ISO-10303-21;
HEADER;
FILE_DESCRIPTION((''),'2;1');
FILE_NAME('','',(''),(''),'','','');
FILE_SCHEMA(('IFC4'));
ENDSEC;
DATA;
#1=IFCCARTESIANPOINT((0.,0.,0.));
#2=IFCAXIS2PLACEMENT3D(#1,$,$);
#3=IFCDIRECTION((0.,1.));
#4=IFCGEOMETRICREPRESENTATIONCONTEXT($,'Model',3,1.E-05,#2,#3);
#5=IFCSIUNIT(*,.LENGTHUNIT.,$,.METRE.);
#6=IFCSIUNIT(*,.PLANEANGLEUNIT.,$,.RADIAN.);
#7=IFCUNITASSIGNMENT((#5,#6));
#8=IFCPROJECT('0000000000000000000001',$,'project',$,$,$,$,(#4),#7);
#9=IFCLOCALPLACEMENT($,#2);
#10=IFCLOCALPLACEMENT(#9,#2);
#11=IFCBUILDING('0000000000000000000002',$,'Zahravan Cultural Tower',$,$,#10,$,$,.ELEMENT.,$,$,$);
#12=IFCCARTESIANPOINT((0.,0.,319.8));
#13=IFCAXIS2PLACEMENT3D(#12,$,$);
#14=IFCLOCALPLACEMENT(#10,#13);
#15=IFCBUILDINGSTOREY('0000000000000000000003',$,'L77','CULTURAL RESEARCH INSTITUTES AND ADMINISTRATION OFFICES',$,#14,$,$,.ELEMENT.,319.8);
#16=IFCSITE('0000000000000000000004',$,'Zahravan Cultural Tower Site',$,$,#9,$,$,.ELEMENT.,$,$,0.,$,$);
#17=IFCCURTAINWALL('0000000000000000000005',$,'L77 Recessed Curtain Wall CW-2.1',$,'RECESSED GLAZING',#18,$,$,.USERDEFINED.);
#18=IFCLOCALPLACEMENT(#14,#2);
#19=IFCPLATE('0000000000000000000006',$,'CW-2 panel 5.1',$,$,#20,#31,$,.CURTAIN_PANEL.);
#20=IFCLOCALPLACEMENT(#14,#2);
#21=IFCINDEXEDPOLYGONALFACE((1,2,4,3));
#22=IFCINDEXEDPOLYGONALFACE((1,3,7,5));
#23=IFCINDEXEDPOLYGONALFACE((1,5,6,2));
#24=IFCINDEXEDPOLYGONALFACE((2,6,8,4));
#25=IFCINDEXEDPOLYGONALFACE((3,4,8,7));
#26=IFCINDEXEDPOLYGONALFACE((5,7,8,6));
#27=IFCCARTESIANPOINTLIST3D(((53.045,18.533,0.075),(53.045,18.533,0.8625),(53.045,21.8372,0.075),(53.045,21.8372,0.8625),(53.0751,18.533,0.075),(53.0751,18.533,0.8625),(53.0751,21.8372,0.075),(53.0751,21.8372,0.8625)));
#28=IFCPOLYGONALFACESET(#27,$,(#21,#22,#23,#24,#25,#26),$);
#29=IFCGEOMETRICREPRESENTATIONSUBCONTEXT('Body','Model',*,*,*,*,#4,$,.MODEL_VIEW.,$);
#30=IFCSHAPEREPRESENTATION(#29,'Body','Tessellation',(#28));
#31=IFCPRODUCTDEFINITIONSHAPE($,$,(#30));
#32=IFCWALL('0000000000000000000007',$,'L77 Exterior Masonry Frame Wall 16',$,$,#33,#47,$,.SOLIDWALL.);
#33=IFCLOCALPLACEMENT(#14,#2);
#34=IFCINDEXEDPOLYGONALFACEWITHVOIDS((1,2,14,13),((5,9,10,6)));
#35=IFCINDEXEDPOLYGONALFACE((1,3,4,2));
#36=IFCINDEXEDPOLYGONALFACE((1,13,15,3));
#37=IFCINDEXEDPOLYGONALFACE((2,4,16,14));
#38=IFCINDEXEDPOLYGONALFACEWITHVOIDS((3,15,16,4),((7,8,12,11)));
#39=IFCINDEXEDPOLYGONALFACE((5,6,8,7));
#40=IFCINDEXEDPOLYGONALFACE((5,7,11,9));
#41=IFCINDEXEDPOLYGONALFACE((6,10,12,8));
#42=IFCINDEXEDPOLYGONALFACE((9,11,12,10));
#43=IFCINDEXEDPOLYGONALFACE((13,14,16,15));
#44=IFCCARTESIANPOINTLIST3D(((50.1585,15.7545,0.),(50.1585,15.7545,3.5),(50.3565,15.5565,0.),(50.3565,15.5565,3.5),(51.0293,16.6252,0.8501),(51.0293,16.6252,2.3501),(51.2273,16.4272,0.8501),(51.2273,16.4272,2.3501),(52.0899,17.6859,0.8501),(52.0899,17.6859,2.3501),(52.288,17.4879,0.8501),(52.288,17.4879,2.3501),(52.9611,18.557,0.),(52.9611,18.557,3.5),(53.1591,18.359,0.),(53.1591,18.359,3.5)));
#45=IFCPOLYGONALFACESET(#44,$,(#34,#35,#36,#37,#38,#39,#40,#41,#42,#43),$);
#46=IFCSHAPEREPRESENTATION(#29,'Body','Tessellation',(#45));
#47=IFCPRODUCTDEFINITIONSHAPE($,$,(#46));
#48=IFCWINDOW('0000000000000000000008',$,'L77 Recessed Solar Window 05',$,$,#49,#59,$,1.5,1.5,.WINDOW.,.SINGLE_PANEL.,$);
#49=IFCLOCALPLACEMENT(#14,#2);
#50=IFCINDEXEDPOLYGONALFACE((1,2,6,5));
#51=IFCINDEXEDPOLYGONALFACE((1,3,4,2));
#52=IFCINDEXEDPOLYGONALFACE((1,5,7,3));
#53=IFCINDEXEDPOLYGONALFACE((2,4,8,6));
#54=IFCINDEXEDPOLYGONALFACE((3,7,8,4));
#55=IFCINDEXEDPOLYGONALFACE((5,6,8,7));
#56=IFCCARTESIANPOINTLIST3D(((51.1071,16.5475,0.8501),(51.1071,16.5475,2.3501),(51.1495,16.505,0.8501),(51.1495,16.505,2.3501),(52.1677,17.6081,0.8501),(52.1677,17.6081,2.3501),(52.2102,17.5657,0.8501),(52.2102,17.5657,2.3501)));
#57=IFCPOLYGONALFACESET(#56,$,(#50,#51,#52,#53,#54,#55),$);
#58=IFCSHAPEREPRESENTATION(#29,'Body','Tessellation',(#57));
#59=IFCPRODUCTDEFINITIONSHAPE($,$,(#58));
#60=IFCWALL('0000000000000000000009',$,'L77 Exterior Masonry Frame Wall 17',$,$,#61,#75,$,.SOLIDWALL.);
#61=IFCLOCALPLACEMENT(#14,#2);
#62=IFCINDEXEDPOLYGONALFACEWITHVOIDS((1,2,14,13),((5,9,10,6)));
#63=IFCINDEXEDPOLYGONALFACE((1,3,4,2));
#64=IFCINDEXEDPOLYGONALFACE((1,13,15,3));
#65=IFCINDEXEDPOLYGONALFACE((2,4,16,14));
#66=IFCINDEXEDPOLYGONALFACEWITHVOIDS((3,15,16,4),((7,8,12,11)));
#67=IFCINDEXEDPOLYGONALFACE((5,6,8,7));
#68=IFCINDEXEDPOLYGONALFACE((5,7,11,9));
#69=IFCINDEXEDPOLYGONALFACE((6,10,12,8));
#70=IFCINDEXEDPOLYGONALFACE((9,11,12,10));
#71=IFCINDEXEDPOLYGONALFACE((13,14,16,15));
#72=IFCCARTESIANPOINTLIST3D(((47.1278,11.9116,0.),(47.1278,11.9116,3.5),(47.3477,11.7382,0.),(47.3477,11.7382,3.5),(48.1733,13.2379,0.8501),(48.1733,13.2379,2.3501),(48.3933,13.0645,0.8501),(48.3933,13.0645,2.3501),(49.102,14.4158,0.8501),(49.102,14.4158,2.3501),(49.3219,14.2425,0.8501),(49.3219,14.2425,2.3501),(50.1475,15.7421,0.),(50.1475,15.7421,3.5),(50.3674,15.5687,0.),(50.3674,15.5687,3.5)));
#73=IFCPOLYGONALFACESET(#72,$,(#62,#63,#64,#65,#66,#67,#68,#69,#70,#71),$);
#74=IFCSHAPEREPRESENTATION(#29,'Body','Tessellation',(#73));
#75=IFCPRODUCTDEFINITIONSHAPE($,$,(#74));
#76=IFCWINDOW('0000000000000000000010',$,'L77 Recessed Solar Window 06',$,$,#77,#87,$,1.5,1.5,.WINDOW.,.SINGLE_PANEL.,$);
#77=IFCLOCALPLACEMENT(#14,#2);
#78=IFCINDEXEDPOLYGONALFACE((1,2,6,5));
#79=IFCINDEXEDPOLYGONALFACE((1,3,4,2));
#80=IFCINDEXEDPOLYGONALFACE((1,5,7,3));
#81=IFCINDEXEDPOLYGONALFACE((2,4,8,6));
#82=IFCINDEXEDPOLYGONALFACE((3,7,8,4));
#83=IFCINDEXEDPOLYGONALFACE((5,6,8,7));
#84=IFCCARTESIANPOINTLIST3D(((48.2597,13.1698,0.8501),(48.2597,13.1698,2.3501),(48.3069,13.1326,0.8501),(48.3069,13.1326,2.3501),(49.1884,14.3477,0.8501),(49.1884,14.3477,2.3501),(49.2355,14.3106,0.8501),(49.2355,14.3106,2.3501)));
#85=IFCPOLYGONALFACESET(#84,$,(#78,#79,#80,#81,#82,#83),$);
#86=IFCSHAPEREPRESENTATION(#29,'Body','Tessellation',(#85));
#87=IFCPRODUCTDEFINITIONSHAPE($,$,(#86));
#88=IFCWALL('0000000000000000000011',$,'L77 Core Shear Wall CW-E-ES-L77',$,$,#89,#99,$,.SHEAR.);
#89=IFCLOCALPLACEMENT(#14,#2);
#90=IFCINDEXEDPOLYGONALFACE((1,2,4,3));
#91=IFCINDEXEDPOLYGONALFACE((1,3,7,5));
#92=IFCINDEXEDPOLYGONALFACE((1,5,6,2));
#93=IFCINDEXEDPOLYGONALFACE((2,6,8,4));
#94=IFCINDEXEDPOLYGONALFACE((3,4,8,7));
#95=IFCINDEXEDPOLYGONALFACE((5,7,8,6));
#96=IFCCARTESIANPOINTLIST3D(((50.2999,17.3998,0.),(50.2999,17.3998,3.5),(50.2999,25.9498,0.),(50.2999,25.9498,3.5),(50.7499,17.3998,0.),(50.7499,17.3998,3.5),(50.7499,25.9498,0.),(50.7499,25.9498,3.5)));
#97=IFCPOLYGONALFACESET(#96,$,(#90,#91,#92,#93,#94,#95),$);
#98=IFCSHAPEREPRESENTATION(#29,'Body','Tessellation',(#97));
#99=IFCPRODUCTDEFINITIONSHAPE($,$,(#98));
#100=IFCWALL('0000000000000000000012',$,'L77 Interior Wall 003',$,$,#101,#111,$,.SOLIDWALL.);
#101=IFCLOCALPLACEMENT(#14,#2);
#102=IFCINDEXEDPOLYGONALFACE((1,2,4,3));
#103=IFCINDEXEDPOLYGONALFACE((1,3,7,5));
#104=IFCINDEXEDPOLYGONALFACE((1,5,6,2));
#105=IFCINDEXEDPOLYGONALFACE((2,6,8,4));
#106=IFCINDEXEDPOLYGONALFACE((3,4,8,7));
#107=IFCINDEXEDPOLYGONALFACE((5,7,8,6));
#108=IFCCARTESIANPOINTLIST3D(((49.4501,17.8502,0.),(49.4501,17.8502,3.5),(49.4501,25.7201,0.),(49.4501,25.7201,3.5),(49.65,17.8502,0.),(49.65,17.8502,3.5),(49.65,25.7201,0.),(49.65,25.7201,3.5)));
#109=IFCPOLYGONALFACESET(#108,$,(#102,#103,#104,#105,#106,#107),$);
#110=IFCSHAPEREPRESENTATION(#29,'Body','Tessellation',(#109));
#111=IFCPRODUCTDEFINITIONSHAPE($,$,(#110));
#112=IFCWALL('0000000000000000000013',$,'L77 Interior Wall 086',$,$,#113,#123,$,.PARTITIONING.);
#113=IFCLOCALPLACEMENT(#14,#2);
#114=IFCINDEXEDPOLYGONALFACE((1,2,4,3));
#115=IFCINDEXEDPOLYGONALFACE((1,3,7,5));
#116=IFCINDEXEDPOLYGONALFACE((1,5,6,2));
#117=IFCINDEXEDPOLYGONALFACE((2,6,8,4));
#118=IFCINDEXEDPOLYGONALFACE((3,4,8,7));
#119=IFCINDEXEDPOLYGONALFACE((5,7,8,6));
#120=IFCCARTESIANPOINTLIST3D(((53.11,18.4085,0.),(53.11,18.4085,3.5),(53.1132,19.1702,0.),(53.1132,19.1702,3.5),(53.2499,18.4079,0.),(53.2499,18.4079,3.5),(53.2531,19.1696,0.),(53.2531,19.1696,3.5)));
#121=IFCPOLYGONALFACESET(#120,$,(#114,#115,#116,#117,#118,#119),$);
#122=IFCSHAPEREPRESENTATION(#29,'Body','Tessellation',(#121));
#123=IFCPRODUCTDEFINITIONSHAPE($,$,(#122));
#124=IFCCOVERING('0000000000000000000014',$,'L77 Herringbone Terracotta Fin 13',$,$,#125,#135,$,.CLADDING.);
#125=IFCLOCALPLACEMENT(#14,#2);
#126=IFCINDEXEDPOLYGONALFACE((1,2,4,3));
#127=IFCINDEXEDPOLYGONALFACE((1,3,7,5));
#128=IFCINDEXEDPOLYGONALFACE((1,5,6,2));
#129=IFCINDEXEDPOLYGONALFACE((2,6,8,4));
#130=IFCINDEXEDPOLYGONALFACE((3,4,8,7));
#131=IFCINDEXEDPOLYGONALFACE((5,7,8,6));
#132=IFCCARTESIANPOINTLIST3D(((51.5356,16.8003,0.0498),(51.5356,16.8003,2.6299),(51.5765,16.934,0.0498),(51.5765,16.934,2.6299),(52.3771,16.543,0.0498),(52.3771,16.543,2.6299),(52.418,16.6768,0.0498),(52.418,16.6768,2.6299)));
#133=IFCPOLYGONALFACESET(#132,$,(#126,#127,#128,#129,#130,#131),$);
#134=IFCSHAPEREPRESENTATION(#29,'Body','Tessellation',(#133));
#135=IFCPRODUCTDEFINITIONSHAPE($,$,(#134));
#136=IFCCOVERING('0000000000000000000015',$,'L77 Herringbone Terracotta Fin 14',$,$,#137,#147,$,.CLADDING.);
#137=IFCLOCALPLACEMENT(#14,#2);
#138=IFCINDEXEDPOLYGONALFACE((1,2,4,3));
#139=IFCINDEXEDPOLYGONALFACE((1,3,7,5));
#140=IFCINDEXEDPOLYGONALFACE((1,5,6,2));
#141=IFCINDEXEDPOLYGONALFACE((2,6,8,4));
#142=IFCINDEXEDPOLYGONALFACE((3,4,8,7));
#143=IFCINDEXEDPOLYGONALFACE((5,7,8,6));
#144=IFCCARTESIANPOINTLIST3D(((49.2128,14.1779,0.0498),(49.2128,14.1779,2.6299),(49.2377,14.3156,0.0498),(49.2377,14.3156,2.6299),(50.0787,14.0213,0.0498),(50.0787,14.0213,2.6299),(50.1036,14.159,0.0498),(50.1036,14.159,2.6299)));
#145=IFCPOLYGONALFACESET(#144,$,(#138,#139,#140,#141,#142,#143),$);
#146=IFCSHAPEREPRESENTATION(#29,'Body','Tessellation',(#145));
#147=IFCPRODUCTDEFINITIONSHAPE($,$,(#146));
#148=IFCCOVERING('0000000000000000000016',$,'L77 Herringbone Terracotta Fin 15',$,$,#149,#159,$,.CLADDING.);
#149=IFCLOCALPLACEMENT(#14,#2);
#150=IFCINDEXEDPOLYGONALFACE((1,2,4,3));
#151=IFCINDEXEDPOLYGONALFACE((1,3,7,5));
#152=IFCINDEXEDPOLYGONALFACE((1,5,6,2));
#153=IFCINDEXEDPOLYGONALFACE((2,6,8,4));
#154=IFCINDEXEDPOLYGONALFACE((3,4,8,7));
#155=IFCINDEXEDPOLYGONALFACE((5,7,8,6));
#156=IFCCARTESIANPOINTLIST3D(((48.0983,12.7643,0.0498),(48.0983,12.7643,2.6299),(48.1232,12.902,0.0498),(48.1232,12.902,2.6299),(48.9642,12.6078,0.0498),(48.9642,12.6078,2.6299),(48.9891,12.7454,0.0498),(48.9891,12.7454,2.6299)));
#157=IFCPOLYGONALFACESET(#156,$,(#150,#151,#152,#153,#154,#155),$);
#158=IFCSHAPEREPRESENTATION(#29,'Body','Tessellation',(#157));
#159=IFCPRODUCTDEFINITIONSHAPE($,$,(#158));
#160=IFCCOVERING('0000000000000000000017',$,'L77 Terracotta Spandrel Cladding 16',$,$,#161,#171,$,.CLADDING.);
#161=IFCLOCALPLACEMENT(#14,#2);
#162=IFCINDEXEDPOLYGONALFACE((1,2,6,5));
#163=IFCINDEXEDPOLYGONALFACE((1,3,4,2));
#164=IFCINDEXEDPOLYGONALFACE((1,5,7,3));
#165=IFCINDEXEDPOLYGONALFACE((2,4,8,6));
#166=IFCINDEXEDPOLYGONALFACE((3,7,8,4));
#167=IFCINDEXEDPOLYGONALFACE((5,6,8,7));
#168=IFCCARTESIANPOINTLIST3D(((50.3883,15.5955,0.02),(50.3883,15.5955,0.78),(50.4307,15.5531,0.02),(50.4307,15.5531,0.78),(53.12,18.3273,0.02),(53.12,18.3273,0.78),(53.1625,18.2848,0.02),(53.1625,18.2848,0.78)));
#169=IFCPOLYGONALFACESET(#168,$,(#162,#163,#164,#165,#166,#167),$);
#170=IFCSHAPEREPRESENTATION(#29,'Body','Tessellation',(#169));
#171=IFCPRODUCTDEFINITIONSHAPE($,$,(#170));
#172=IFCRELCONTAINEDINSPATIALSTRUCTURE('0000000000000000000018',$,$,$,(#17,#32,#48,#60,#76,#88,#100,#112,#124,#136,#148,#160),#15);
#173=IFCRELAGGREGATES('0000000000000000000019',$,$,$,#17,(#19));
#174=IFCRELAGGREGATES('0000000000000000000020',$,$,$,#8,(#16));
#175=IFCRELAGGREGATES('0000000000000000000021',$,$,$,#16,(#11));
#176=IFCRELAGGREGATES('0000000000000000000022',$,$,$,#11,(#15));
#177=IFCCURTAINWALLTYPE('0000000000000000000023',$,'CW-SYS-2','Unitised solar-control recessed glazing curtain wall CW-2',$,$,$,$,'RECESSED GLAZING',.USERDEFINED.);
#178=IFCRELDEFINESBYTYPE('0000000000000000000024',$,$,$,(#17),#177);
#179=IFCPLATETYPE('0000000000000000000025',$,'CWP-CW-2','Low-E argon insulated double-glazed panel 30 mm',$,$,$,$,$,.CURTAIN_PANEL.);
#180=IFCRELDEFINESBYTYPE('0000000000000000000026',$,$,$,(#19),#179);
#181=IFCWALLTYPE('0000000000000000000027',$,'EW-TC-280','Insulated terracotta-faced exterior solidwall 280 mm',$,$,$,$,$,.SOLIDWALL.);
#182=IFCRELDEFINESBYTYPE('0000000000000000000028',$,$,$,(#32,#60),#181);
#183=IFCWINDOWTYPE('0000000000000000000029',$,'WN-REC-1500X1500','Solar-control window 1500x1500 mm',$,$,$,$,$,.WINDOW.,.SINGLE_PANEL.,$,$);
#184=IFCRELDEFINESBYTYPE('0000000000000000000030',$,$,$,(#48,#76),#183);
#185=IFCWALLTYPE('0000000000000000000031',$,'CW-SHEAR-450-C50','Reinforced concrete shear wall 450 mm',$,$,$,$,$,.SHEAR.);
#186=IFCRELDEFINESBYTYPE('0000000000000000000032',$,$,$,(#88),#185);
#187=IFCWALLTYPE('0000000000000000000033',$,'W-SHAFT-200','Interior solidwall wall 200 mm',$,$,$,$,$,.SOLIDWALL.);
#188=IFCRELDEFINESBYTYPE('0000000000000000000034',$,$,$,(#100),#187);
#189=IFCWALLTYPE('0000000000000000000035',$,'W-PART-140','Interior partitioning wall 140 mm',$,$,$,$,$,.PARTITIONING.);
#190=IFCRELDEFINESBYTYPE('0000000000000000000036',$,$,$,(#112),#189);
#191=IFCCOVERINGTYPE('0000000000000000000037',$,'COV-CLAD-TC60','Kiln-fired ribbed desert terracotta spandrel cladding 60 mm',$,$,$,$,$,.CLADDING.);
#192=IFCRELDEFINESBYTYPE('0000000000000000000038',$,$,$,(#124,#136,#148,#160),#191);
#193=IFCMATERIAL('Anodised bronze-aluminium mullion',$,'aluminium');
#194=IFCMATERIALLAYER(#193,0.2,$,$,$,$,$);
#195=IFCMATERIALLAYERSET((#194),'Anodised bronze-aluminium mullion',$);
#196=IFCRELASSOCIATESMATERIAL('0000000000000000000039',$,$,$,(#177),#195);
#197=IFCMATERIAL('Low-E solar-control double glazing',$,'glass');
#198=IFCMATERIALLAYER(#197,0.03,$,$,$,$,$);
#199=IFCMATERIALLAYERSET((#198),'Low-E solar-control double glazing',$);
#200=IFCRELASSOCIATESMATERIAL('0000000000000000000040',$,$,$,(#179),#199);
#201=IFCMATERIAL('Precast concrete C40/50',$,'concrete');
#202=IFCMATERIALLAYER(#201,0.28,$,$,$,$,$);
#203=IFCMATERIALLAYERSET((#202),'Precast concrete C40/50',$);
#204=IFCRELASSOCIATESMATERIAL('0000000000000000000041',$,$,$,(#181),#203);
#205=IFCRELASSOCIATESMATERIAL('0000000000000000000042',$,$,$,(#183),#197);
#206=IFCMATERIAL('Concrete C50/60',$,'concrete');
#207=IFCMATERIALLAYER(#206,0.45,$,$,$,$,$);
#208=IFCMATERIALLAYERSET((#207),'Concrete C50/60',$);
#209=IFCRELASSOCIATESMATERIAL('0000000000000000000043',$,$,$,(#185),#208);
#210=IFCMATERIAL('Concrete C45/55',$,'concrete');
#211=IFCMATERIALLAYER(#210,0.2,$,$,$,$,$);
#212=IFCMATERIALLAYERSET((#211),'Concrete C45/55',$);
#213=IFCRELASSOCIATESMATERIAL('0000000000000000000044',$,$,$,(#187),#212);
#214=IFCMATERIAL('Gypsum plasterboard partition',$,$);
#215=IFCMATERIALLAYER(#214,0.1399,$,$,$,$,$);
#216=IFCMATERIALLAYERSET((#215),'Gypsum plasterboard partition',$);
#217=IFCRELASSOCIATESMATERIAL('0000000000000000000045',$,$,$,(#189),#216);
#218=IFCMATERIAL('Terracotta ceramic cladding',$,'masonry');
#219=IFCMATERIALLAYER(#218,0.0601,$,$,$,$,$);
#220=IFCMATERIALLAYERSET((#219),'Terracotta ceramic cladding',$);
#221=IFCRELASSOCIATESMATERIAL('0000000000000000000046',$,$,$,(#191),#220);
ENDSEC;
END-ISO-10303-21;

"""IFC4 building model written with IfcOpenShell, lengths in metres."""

from ifc_helpers import new_model, si_unit, direction, frame, frame_2d, origin, origin_2d, place, context, subcontext, project, spatial, rectangle, extrude, source, transform, mapped, material, layer, layer_set, type_object, element, fill, aggregate, save


model = new_model("IFC4")

# Units and contexts
model_context = context("Model", 3, precision=1e-05, world=origin(), true_north=direction((0.0, 1.0)))
body_context = subcontext(model_context, "Body", "Model", "MODEL_VIEW")
ifc_project = project(units=[si_unit("LENGTHUNIT", "METRE"), si_unit("PLANEANGLEUNIT", "RADIAN")], contexts=[model_context])

# Site, building, storey
site_placement = place(None, origin())
site = spatial("IfcSite", under=ifc_project, at=site_placement, Name="Zahravan Cultural Tower Site", CompositionType="ELEMENT", RefElevation=0.0)
building_placement = place(site_placement, origin())
building = spatial("IfcBuilding", under=site, at=building_placement, Name="Zahravan Cultural Tower", CompositionType="ELEMENT")
storey_placement = place(building_placement, frame((0.0, 0.0, 319.8)))
storey = spatial("IfcBuildingStorey", under=building, at=storey_placement, Name="L77", Description="CULTURAL RESEARCH INSTITUTES AND ADMINISTRATION OFFICES", CompositionType="ELEMENT", Elevation=319.8)

# Shared definitions
ifc_material_1 = material(Name="Concrete C50/60", Category="concrete")

# Curtain wall
ifc_material_2 = material(Name="Anodised bronze-aluminium mullion", Category="aluminium")
ifc_layer_1 = layer(ifc_material_2, 0.2)
ifc_layer_set_1 = layer_set([ifc_layer_1], Name="Anodised bronze-aluminium mullion")
curtain_wall_type = type_object("IfcCurtainWallType", Name="CW-SYS-2", Description="Unitised solar-control recessed glazing curtain wall CW-2", ElementType="RECESSED GLAZING", PredefinedType="USERDEFINED", material=ifc_layer_set_1)
curtain_wall_placement = place(storey_placement, origin())
curtain_wall = element("IfcCurtainWall", 1, at=curtain_wall_placement, inside=storey, type_object=curtain_wall_type, Name="L77 Recessed Curtain Wall CW-2.1", ObjectType="RECESSED GLAZING", PredefinedType="USERDEFINED")

# Plate
ifc_material_3 = material(Name="Low-E solar-control double glazing", Category="glass")
ifc_layer_2 = layer(ifc_material_3, 0.03)
ifc_layer_set_2 = layer_set([ifc_layer_2], Name="Low-E solar-control double glazing")
plate_type_1 = type_object("IfcPlateType", Name="CWP-CW-2", Description="Low-E argon insulated double-glazed panel 30 mm", PredefinedType="CURTAIN_PANEL", material=ifc_layer_set_2)
shared_shape_1 = source(origin(), body_context, "Body", "SweptSolid", [
    extrude(rectangle(XDim=3.3042, YDim=0.03, at=origin_2d()), origin(), (0.0, 0.0, 1.0), 0.7876),
])
plate_1_placement = place(storey_placement, frame((53.0601, 20.1851, 0.075), z_axis=(0.0, 0.0, 1.0), x_axis=(0.0, -1.0, 0.0)))
plate_1 = element("IfcPlate", 2, at=plate_1_placement, type_object=plate_type_1, Name="CW-2 panel 5.1", PredefinedType="CURTAIN_PANEL", context=body_context, shape_type="MappedRepresentation", body=[
    mapped(shared_shape_1, transform((0.0, 0.0, 0.0), x_axis=(1.0, 0.0, 0.0), y_axis=(0.0, 1.0, 0.0), z_axis=(0.0, 0.0, 1.0), scale=1.0)),
])
aggregate(curtain_wall, [plate_1])

# Walls, openings, windows
ifc_material_4 = material(Name="Precast concrete C40/50", Category="concrete")
ifc_layer_3 = layer(ifc_material_4, 0.28)
ifc_layer_set_3 = layer_set([ifc_layer_3], Name="Precast concrete C40/50")
wall_type_1 = type_object("IfcWallType", Name="EW-TC-280", Description="Insulated terracotta-faced exterior solidwall 280 mm", PredefinedType="SOLIDWALL", material=ifc_layer_set_3)
wall_1_placement = place(storey_placement, frame((53.0601, 18.458, 0.0), z_axis=(0.0, 0.0, 1.0), x_axis=(-0.707107, -0.707107, 0.0)))
wall_1 = element("IfcWall", 3, at=wall_1_placement, inside=storey, type_object=wall_type_1, Name="L77 Exterior Masonry Frame Wall 16", PredefinedType="SOLIDWALL", context=body_context, shape_type="SweptSolid", body=[
    extrude(rectangle(XDim=3.9634, YDim=0.28, at=frame_2d((1.9817, 0.0))), origin(), (0.0, 0.0, 1.0), 3.5),
])
opening_1_placement = place(wall_1_placement, frame((1.2319, 0.0, 0.8501)))
opening_1 = element("IfcOpeningElement", 4, at=opening_1_placement, cuts=wall_1, PredefinedType="OPENING", context=body_context, shape_type="SweptSolid", body=[
    extrude(rectangle(XDim=1.5, YDim=1.5, at=frame_2d((0.75, 0.75))), frame((0.0, 0.1499, 0.0), z_axis=(0.0, -1.0, 0.0), x_axis=(1.0, 0.0, 0.0)), (0.0, 0.0, 1.0), 0.3),
])
window_type = type_object("IfcWindowType", Name="WN-REC-1500X1500", Description="Solar-control window 1500x1500 mm", PartitioningType="SINGLE_PANEL", PredefinedType="WINDOW", material=ifc_material_3)
shared_shape_2 = source(origin(), body_context, "Body", "SweptSolid", [
    extrude(rectangle(XDim=1.5, YDim=1.5, at=frame_2d((0.75, 0.75))), frame((0.0, 0.03, 0.0), z_axis=(0.0, -1.0, 0.0), x_axis=(1.0, 0.0, 0.0)), (0.0, 0.0, 1.0), 0.0601),
])
window_1_placement = place(opening_1_placement, origin())
window_1 = element("IfcWindow", 5, at=window_1_placement, inside=storey, type_object=window_type, Name="L77 Recessed Solar Window 05", OverallHeight=1.5, OverallWidth=1.5, PartitioningType="SINGLE_PANEL", PredefinedType="WINDOW", context=body_context, shape_type="MappedRepresentation", body=[
    mapped(shared_shape_2, transform((0.0, 0.0, 0.0), x_axis=(1.0, 0.0, 0.0), y_axis=(0.0, 1.0, 0.0), z_axis=(0.0, 0.0, 1.0), scale=1.0)),
])
fill(opening_1, window_1)
wall_2_placement = place(storey_placement, frame((50.2576, 15.6555, 0.0), z_axis=(0.0, 0.0, 1.0), x_axis=(-0.619094, -0.785317, 0.0)))
wall_2 = element("IfcWall", 6, at=wall_2_placement, inside=storey, type_object=wall_type_1, Name="L77 Exterior Masonry Frame Wall 17", PredefinedType="SOLIDWALL", context=body_context, shape_type="SweptSolid", body=[
    extrude(rectangle(XDim=4.8777, YDim=0.28, at=frame_2d((2.439, 0.0))), origin(), (0.0, 0.0, 1.0), 3.5),
])
opening_2_placement = place(wall_2_placement, frame((1.689, 0.0, 0.8501)))
opening_2 = element("IfcOpeningElement", 7, at=opening_2_placement, cuts=wall_2, PredefinedType="OPENING", context=body_context, shape_type="SweptSolid", body=[
    extrude(rectangle(XDim=1.5, YDim=1.5, at=frame_2d((0.75, 0.75))), frame((0.0, 0.1499, 0.0), z_axis=(0.0, -1.0, 0.0), x_axis=(1.0, 0.0, 0.0)), (0.0, 0.0, 1.0), 0.3),
])
window_2_placement = place(opening_2_placement, origin())
window_2 = element("IfcWindow", 8, at=window_2_placement, inside=storey, type_object=window_type, Name="L77 Recessed Solar Window 06", OverallHeight=1.5, OverallWidth=1.5, PartitioningType="SINGLE_PANEL", PredefinedType="WINDOW", context=body_context, shape_type="MappedRepresentation", body=[
    mapped(shared_shape_2, transform((0.0, 0.0, 0.0), x_axis=(1.0, 0.0, 0.0), y_axis=(0.0, 1.0, 0.0), z_axis=(0.0, 0.0, 1.0), scale=1.0)),
])
fill(opening_2, window_2)

# Walls
ifc_layer_4 = layer(ifc_material_1, 0.45)
ifc_layer_set_4 = layer_set([ifc_layer_4], Name="Concrete C50/60")
wall_type_2 = type_object("IfcWallType", Name="CW-SHEAR-450-C50", Description="Reinforced concrete shear wall 450 mm", PredefinedType="SHEAR", material=ifc_layer_set_4)
shared_shape_3 = source(origin(), body_context, "Body", "SweptSolid", [
    extrude(rectangle(XDim=8.55, YDim=0.45, at=frame_2d((4.2749, 0.0))), origin(), (0.0, 0.0, 1.0), 3.5),
])
wall_3_placement = place(storey_placement, frame((50.5249, 17.3999, 0.0), z_axis=(0.0, 0.0, 1.0), x_axis=(0.0, 1.0, 0.0)))
element("IfcWall", 9, at=wall_3_placement, inside=storey, type_object=wall_type_2, Name="L77 Core Shear Wall CW-E-ES-L77", PredefinedType="SHEAR", context=body_context, shape_type="MappedRepresentation", body=[
    mapped(shared_shape_3, transform((0.0, 0.0, 0.0), x_axis=(1.0, 0.0, 0.0), y_axis=(0.0, 1.0, 0.0), z_axis=(0.0, 0.0, 1.0), scale=1.0)),
])
ifc_material_5 = material(Name="Concrete C45/55", Category="concrete")
ifc_layer_5 = layer(ifc_material_5, 0.2)
ifc_layer_set_5 = layer_set([ifc_layer_5], Name="Concrete C45/55")
wall_type_3 = type_object("IfcWallType", Name="W-SHAFT-200", Description="Interior solidwall wall 200 mm", PredefinedType="SOLIDWALL", material=ifc_layer_set_5)
shared_shape_4 = source(origin(), body_context, "Body", "SweptSolid", [
    extrude(rectangle(XDim=7.8699, YDim=0.2, at=frame_2d((3.9351, 0.0))), origin(), (0.0, 0.0, 1.0), 3.5),
])
wall_4_placement = place(storey_placement, frame((49.55, 17.8501, 0.0), z_axis=(0.0, 0.0, 1.0), x_axis=(0.0, 1.0, 0.0)))
element("IfcWall", 10, at=wall_4_placement, inside=storey, type_object=wall_type_3, Name="L77 Interior Wall 003", PredefinedType="SOLIDWALL", context=body_context, shape_type="MappedRepresentation", body=[
    mapped(shared_shape_4, transform((0.0, 0.0, 0.0), x_axis=(1.0, 0.0, 0.0), y_axis=(0.0, 1.0, 0.0), z_axis=(0.0, 0.0, 1.0), scale=1.0)),
])
ifc_material_6 = material(Name="Gypsum plasterboard partition")
ifc_layer_6 = layer(ifc_material_6, 0.1399)
ifc_layer_set_6 = layer_set([ifc_layer_6], Name="Gypsum plasterboard partition")
wall_type_4 = type_object("IfcWallType", Name="W-PART-140", Description="Interior partitioning wall 140 mm", PredefinedType="PARTITIONING", material=ifc_layer_set_6)
shared_shape_5 = source(origin(), body_context, "Body", "SweptSolid", [
    extrude(rectangle(XDim=0.7617, YDim=0.1399, at=frame_2d((0.3809, 0.0))), origin(), (0.0, 0.0, 1.0), 3.5),
])
wall_5_placement = place(storey_placement, frame((53.1831, 19.1699, 0.0), z_axis=(0.0, 0.0, 1.0), x_axis=(-0.004167, -0.999991, 0.0)))
element("IfcWall", 11, at=wall_5_placement, inside=storey, type_object=wall_type_4, Name="L77 Interior Wall 086", PredefinedType="PARTITIONING", context=body_context, shape_type="MappedRepresentation", body=[
    mapped(shared_shape_5, transform((0.0, 0.0, 0.0), x_axis=(1.0, 0.0, 0.0), y_axis=(0.0, 1.0, 0.0), z_axis=(0.0, 0.0, 1.0), scale=1.0)),
])

# Coverings
ifc_material_7 = material(Name="Terracotta ceramic cladding", Category="masonry")
ifc_layer_7 = layer(ifc_material_7, 0.0601)
ifc_layer_set_7 = layer_set([ifc_layer_7], Name="Terracotta ceramic cladding")
covering_type = type_object("IfcCoveringType", Name="COV-CLAD-TC60", Description="Kiln-fired ribbed desert terracotta spandrel cladding 60 mm", PredefinedType="CLADDING", material=ifc_layer_set_7)
shared_shape_6 = source(origin(), body_context, "Body", "SweptSolid", [
    extrude(rectangle(XDim=0.8799, YDim=0.1399, at=origin_2d()), origin(), (0.0, 0.0, 1.0), 2.5801),
])
for number, where, z_axis, x_axis, name in (
    (12, (51.9768, 16.7385, 0.0498), (0.0, 0.0, 1.0), (0.956305, -0.292372, 0.0), "L77 Herringbone Terracotta Fin 13"),
    (13, (49.6582, 14.1685, 0.0498), (0.0, 0.0, 1.0), (0.984041, -0.177944, 0.0), "L77 Herringbone Terracotta Fin 14"),
    (14, (48.5437, 12.7549, 0.0498), (0.0, 0.0, 1.0), (0.984041, -0.177944, 0.0), "L77 Herringbone Terracotta Fin 15"),
):
    element("IfcCovering", number, at=place(storey_placement, frame(where, z_axis=z_axis, x_axis=x_axis)), inside=storey, type_object=covering_type, Name=name, PredefinedType="CLADDING", context=body_context, shape_type="MappedRepresentation", body=[
        mapped(shared_shape_6, transform((0.0, 0.0, 0.0), x_axis=(1.0, 0.0, 0.0), y_axis=(0.0, 1.0, 0.0), z_axis=(0.0, 0.0, 1.0), scale=1.0)),
    ])
shared_shape_7 = source(origin(), body_context, "Body", "SweptSolid", [
    extrude(rectangle(XDim=3.8633, YDim=0.0601, at=origin_2d()), origin(), (0.0, 0.0, 1.0), 0.76),
])
covering_1_placement = place(storey_placement, frame((51.7754, 16.9402, 0.02), z_axis=(0.0, 0.0, 1.0), x_axis=(-0.707107, -0.707107, 0.0)))
element("IfcCovering", 15, at=covering_1_placement, inside=storey, type_object=covering_type, Name="L77 Terracotta Spandrel Cladding 16", PredefinedType="CLADDING", context=body_context, shape_type="MappedRepresentation", body=[
    mapped(shared_shape_7, transform((0.0, 0.0, 0.0), x_axis=(1.0, 0.0, 0.0), y_axis=(0.0, 1.0, 0.0), z_axis=(0.0, 0.0, 1.0), scale=1.0)),
])

save(model, "model.ifc")
